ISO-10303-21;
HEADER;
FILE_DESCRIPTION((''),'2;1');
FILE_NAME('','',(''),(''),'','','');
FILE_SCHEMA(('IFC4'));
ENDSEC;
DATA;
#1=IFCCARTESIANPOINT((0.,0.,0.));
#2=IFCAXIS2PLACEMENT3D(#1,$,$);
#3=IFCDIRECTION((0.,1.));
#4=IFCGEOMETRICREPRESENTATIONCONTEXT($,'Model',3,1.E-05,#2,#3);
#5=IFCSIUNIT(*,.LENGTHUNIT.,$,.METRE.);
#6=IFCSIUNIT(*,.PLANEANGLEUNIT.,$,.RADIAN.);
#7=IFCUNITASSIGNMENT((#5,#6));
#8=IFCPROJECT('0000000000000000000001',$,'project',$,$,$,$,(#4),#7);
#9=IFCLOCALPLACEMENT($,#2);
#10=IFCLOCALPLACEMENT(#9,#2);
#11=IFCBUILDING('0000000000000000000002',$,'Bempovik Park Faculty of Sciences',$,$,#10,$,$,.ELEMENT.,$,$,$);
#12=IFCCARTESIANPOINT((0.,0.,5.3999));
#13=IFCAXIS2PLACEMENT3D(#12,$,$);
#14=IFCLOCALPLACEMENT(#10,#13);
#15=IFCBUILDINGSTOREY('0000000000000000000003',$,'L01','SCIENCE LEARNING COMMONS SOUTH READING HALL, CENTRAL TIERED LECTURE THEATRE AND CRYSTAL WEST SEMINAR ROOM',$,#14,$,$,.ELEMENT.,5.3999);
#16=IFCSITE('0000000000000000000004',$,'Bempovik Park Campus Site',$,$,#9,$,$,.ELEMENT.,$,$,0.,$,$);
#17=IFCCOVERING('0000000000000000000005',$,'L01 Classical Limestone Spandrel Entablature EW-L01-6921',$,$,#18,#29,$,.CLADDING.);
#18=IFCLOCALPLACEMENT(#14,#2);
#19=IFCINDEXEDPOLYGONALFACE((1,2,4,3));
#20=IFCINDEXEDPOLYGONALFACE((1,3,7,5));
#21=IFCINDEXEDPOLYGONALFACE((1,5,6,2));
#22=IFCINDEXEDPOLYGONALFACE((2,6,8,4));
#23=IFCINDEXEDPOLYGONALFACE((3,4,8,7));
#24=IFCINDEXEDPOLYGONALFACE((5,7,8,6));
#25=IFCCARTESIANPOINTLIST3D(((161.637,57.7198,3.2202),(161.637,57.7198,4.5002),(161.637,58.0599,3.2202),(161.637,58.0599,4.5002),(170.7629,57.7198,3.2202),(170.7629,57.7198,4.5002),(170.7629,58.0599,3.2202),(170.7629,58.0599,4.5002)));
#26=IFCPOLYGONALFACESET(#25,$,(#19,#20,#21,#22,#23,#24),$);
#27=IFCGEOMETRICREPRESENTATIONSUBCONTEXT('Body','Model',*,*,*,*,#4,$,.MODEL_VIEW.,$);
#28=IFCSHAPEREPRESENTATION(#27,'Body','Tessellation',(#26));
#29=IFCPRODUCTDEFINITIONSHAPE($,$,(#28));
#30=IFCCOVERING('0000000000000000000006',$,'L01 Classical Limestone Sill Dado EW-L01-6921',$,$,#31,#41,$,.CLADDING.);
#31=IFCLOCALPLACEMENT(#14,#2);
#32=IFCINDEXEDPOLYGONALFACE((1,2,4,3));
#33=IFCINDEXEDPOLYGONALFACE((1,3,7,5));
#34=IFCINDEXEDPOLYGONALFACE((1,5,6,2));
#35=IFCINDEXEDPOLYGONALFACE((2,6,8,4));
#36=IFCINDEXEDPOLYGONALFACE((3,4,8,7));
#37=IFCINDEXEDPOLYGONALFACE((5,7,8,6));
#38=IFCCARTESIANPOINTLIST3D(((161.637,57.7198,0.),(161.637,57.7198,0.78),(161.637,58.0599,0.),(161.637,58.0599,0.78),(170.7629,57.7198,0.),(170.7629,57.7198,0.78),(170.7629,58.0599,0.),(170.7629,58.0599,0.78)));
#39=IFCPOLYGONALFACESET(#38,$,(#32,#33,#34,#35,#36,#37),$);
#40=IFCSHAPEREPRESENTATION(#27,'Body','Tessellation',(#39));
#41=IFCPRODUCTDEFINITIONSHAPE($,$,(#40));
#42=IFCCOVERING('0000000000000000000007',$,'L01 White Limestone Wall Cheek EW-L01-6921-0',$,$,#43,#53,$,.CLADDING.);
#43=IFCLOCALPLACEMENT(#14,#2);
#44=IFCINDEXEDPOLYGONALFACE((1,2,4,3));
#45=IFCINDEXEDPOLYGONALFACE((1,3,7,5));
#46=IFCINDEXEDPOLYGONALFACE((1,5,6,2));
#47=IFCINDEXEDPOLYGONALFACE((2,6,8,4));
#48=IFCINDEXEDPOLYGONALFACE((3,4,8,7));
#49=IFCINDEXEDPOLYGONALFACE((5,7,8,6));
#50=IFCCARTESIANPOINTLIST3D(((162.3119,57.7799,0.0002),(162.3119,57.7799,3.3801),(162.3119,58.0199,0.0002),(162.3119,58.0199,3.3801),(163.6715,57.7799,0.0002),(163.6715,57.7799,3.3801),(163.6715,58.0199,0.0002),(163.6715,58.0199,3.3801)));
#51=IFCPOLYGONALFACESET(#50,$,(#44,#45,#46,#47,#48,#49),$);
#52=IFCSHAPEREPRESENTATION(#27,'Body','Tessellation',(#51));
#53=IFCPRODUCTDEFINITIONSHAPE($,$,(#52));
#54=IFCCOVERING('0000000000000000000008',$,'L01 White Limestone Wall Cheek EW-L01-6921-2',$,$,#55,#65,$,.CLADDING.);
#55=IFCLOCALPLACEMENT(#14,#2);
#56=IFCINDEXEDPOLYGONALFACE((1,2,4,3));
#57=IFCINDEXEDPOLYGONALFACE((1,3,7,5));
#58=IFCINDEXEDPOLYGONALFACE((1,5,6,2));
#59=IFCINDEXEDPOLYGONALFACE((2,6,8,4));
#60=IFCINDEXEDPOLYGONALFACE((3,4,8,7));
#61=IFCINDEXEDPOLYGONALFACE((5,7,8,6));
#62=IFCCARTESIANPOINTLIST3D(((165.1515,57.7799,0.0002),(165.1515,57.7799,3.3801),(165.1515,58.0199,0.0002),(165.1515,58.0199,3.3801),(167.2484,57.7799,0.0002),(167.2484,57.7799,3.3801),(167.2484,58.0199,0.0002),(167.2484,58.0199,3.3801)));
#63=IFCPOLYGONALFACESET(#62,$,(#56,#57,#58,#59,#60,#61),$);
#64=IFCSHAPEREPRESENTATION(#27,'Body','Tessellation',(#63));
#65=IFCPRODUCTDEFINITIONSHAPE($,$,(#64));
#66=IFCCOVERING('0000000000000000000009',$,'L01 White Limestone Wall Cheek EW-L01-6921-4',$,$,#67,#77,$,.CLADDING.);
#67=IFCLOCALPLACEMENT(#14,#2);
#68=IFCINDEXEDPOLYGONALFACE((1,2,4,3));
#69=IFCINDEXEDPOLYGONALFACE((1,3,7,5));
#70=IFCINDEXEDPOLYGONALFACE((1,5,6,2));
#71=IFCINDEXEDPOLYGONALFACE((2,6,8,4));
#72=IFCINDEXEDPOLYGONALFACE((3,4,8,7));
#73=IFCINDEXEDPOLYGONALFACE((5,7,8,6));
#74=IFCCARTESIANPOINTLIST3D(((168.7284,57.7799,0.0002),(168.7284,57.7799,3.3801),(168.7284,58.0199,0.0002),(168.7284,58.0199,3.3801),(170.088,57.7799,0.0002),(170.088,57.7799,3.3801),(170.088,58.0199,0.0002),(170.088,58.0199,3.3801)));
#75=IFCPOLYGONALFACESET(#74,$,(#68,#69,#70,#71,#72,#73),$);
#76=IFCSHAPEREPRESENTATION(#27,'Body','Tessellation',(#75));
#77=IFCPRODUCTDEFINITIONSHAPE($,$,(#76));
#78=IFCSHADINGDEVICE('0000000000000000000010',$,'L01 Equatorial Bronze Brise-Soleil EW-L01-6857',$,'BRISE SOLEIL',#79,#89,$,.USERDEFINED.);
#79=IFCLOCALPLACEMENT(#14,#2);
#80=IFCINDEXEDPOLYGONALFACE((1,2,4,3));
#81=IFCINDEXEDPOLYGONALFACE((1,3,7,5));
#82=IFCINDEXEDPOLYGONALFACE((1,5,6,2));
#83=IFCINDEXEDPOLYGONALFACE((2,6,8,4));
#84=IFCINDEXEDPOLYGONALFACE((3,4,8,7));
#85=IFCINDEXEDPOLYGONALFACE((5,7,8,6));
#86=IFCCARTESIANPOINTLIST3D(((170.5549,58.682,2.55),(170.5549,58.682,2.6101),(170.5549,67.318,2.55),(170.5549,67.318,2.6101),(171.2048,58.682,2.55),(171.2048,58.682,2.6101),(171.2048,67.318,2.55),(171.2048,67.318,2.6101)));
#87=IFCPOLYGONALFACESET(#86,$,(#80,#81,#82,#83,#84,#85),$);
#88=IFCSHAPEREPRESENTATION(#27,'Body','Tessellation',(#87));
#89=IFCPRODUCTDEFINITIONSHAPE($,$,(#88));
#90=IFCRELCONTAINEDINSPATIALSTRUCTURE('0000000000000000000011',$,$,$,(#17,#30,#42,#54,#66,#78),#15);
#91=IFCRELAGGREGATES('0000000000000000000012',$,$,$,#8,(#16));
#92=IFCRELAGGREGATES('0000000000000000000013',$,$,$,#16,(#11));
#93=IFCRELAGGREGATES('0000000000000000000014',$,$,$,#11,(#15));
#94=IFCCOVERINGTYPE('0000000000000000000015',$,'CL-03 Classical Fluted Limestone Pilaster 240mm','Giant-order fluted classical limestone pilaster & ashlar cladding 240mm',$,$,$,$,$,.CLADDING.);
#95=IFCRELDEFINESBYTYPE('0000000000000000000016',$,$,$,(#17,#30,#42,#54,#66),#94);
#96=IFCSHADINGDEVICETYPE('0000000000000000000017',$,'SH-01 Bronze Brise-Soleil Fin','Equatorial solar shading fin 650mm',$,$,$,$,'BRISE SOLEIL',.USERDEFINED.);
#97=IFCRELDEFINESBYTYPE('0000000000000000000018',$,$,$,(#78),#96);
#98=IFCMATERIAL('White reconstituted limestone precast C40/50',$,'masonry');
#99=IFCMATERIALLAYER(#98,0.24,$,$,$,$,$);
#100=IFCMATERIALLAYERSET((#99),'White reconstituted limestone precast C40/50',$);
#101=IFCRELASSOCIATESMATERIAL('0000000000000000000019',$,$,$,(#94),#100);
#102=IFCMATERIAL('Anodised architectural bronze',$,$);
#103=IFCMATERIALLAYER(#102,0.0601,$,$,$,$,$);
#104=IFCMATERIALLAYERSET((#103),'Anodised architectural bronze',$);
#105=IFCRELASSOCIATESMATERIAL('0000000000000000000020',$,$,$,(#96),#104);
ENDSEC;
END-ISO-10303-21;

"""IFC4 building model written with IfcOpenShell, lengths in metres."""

from ifc_helpers import new_model, si_unit, direction, frame, origin, origin_2d, place, context, subcontext, project, spatial, rectangle, extrude, material, layer, layer_set, type_object, element, save


model = new_model("IFC4")

# Units and contexts
model_context = context("Model", 3, precision=1e-05, world=origin(), true_north=direction((0.0, 1.0)))
body_context = subcontext(model_context, "Body", "Model", "MODEL_VIEW")
ifc_project = project(units=[si_unit("LENGTHUNIT", "METRE"), si_unit("PLANEANGLEUNIT", "RADIAN")], contexts=[model_context])

# Site, building, storey
site_placement = place(None, origin())
site = spatial("IfcSite", under=ifc_project, at=site_placement, Name="Bempovik Park Campus Site", CompositionType="ELEMENT", RefElevation=0.0)
building_placement = place(site_placement, origin())
building = spatial("IfcBuilding", under=site, at=building_placement, Name="Bempovik Park Faculty of Sciences", CompositionType="ELEMENT")
storey_placement = place(building_placement, frame((0.0, 0.0, 5.3999)))
storey = spatial("IfcBuildingStorey", under=building, at=storey_placement, Name="L01", Description="SCIENCE LEARNING COMMONS SOUTH READING HALL, CENTRAL TIERED LECTURE THEATRE AND CRYSTAL WEST SEMINAR ROOM", CompositionType="ELEMENT", Elevation=5.3999)

# Coverings
ifc_material_1 = material(Name="White reconstituted limestone precast C40/50", Category="masonry")
ifc_layer_1 = layer(ifc_material_1, 0.24)
ifc_layer_set_1 = layer_set([ifc_layer_1], Name="White reconstituted limestone precast C40/50")
covering_type_1 = type_object("IfcCoveringType", Name="CL-03 Classical Fluted Limestone Pilaster 240mm", Description="Giant-order fluted classical limestone pilaster & ashlar cladding 240mm", PredefinedType="CLADDING", material=ifc_layer_set_1)
covering_1_placement = place(storey_placement, frame((166.2, 57.8899, 3.2202), z_axis=(0.0, 0.0, 1.0), x_axis=(1.0, 0.0, 0.0)))
element("IfcCovering", 1, at=covering_1_placement, inside=storey, type_object=covering_type_1, Name="L01 Classical Limestone Spandrel Entablature EW-L01-6921", PredefinedType="CLADDING", context=body_context, shape_type="SweptSolid", body=[
    extrude(rectangle(XDim=9.126, YDim=0.3401, at=origin_2d()), origin(), (0.0, 0.0, 1.0), 1.28),
])
covering_2_placement = place(storey_placement, frame((166.2, 57.8899, 0.0), z_axis=(0.0, 0.0, 1.0), x_axis=(1.0, 0.0, 0.0)))
element("IfcCovering", 2, at=covering_2_placement, inside=storey, type_object=covering_type_1, Name="L01 Classical Limestone Sill Dado EW-L01-6921", PredefinedType="CLADDING", context=body_context, shape_type="SweptSolid", body=[
    extrude(rectangle(XDim=9.126, YDim=0.3401, at=origin_2d()), origin(), (0.0, 0.0, 1.0), 0.78),
])
covering_3_placement = place(storey_placement, frame((162.9917, 57.8999, 0.0002), z_axis=(0.0, 0.0, 1.0), x_axis=(1.0, 0.0, 0.0)))
element("IfcCovering", 3, at=covering_3_placement, inside=storey, type_object=covering_type_1, Name="L01 White Limestone Wall Cheek EW-L01-6921-0", PredefinedType="CLADDING", context=body_context, shape_type="SweptSolid", body=[
    extrude(rectangle(XDim=1.3596, YDim=0.24, at=origin_2d()), origin(), (0.0, 0.0, 1.0), 3.3799),
])
covering_4_placement = place(storey_placement, frame((166.2, 57.8999, 0.0002), z_axis=(0.0, 0.0, 1.0), x_axis=(1.0, 0.0, 0.0)))
element("IfcCovering", 4, at=covering_4_placement, inside=storey, type_object=covering_type_1, Name="L01 White Limestone Wall Cheek EW-L01-6921-2", PredefinedType="CLADDING", context=body_context, shape_type="SweptSolid", body=[
    extrude(rectangle(XDim=2.0969, YDim=0.24, at=origin_2d()), origin(), (0.0, 0.0, 1.0), 3.3799),
])
covering_5_placement = place(storey_placement, frame((169.4082, 57.8999, 0.0002), z_axis=(0.0, 0.0, 1.0), x_axis=(1.0, 0.0, 0.0)))
element("IfcCovering", 5, at=covering_5_placement, inside=storey, type_object=covering_type_1, Name="L01 White Limestone Wall Cheek EW-L01-6921-4", PredefinedType="CLADDING", context=body_context, shape_type="SweptSolid", body=[
    extrude(rectangle(XDim=1.3596, YDim=0.24, at=origin_2d()), origin(), (0.0, 0.0, 1.0), 3.3799),
])

# Shading device
ifc_material_2 = material(Name="Anodised architectural bronze")
ifc_layer_2 = layer(ifc_material_2, 0.0601)
ifc_layer_set_2 = layer_set([ifc_layer_2], Name="Anodised architectural bronze")
shading_device_type = type_object("IfcShadingDeviceType", Name="SH-01 Bronze Brise-Soleil Fin", Description="Equatorial solar shading fin 650mm", ElementType="BRISE SOLEIL", PredefinedType="USERDEFINED", material=ifc_layer_set_2)
shading_device_placement = place(storey_placement, frame((170.8799, 63.0, 2.55), z_axis=(0.0, 0.0, 1.0), x_axis=(1.0, 0.0, 0.0)))
element("IfcShadingDevice", 6, at=shading_device_placement, inside=storey, type_object=shading_device_type, Name="L01 Equatorial Bronze Brise-Soleil EW-L01-6857", ObjectType="BRISE SOLEIL", PredefinedType="USERDEFINED", context=body_context, shape_type="SweptSolid", body=[
    extrude(rectangle(XDim=0.6499, YDim=8.636, at=origin_2d()), origin(), (0.0, 0.0, 1.0), 0.0601),
])

save(model, "model.ifc")
